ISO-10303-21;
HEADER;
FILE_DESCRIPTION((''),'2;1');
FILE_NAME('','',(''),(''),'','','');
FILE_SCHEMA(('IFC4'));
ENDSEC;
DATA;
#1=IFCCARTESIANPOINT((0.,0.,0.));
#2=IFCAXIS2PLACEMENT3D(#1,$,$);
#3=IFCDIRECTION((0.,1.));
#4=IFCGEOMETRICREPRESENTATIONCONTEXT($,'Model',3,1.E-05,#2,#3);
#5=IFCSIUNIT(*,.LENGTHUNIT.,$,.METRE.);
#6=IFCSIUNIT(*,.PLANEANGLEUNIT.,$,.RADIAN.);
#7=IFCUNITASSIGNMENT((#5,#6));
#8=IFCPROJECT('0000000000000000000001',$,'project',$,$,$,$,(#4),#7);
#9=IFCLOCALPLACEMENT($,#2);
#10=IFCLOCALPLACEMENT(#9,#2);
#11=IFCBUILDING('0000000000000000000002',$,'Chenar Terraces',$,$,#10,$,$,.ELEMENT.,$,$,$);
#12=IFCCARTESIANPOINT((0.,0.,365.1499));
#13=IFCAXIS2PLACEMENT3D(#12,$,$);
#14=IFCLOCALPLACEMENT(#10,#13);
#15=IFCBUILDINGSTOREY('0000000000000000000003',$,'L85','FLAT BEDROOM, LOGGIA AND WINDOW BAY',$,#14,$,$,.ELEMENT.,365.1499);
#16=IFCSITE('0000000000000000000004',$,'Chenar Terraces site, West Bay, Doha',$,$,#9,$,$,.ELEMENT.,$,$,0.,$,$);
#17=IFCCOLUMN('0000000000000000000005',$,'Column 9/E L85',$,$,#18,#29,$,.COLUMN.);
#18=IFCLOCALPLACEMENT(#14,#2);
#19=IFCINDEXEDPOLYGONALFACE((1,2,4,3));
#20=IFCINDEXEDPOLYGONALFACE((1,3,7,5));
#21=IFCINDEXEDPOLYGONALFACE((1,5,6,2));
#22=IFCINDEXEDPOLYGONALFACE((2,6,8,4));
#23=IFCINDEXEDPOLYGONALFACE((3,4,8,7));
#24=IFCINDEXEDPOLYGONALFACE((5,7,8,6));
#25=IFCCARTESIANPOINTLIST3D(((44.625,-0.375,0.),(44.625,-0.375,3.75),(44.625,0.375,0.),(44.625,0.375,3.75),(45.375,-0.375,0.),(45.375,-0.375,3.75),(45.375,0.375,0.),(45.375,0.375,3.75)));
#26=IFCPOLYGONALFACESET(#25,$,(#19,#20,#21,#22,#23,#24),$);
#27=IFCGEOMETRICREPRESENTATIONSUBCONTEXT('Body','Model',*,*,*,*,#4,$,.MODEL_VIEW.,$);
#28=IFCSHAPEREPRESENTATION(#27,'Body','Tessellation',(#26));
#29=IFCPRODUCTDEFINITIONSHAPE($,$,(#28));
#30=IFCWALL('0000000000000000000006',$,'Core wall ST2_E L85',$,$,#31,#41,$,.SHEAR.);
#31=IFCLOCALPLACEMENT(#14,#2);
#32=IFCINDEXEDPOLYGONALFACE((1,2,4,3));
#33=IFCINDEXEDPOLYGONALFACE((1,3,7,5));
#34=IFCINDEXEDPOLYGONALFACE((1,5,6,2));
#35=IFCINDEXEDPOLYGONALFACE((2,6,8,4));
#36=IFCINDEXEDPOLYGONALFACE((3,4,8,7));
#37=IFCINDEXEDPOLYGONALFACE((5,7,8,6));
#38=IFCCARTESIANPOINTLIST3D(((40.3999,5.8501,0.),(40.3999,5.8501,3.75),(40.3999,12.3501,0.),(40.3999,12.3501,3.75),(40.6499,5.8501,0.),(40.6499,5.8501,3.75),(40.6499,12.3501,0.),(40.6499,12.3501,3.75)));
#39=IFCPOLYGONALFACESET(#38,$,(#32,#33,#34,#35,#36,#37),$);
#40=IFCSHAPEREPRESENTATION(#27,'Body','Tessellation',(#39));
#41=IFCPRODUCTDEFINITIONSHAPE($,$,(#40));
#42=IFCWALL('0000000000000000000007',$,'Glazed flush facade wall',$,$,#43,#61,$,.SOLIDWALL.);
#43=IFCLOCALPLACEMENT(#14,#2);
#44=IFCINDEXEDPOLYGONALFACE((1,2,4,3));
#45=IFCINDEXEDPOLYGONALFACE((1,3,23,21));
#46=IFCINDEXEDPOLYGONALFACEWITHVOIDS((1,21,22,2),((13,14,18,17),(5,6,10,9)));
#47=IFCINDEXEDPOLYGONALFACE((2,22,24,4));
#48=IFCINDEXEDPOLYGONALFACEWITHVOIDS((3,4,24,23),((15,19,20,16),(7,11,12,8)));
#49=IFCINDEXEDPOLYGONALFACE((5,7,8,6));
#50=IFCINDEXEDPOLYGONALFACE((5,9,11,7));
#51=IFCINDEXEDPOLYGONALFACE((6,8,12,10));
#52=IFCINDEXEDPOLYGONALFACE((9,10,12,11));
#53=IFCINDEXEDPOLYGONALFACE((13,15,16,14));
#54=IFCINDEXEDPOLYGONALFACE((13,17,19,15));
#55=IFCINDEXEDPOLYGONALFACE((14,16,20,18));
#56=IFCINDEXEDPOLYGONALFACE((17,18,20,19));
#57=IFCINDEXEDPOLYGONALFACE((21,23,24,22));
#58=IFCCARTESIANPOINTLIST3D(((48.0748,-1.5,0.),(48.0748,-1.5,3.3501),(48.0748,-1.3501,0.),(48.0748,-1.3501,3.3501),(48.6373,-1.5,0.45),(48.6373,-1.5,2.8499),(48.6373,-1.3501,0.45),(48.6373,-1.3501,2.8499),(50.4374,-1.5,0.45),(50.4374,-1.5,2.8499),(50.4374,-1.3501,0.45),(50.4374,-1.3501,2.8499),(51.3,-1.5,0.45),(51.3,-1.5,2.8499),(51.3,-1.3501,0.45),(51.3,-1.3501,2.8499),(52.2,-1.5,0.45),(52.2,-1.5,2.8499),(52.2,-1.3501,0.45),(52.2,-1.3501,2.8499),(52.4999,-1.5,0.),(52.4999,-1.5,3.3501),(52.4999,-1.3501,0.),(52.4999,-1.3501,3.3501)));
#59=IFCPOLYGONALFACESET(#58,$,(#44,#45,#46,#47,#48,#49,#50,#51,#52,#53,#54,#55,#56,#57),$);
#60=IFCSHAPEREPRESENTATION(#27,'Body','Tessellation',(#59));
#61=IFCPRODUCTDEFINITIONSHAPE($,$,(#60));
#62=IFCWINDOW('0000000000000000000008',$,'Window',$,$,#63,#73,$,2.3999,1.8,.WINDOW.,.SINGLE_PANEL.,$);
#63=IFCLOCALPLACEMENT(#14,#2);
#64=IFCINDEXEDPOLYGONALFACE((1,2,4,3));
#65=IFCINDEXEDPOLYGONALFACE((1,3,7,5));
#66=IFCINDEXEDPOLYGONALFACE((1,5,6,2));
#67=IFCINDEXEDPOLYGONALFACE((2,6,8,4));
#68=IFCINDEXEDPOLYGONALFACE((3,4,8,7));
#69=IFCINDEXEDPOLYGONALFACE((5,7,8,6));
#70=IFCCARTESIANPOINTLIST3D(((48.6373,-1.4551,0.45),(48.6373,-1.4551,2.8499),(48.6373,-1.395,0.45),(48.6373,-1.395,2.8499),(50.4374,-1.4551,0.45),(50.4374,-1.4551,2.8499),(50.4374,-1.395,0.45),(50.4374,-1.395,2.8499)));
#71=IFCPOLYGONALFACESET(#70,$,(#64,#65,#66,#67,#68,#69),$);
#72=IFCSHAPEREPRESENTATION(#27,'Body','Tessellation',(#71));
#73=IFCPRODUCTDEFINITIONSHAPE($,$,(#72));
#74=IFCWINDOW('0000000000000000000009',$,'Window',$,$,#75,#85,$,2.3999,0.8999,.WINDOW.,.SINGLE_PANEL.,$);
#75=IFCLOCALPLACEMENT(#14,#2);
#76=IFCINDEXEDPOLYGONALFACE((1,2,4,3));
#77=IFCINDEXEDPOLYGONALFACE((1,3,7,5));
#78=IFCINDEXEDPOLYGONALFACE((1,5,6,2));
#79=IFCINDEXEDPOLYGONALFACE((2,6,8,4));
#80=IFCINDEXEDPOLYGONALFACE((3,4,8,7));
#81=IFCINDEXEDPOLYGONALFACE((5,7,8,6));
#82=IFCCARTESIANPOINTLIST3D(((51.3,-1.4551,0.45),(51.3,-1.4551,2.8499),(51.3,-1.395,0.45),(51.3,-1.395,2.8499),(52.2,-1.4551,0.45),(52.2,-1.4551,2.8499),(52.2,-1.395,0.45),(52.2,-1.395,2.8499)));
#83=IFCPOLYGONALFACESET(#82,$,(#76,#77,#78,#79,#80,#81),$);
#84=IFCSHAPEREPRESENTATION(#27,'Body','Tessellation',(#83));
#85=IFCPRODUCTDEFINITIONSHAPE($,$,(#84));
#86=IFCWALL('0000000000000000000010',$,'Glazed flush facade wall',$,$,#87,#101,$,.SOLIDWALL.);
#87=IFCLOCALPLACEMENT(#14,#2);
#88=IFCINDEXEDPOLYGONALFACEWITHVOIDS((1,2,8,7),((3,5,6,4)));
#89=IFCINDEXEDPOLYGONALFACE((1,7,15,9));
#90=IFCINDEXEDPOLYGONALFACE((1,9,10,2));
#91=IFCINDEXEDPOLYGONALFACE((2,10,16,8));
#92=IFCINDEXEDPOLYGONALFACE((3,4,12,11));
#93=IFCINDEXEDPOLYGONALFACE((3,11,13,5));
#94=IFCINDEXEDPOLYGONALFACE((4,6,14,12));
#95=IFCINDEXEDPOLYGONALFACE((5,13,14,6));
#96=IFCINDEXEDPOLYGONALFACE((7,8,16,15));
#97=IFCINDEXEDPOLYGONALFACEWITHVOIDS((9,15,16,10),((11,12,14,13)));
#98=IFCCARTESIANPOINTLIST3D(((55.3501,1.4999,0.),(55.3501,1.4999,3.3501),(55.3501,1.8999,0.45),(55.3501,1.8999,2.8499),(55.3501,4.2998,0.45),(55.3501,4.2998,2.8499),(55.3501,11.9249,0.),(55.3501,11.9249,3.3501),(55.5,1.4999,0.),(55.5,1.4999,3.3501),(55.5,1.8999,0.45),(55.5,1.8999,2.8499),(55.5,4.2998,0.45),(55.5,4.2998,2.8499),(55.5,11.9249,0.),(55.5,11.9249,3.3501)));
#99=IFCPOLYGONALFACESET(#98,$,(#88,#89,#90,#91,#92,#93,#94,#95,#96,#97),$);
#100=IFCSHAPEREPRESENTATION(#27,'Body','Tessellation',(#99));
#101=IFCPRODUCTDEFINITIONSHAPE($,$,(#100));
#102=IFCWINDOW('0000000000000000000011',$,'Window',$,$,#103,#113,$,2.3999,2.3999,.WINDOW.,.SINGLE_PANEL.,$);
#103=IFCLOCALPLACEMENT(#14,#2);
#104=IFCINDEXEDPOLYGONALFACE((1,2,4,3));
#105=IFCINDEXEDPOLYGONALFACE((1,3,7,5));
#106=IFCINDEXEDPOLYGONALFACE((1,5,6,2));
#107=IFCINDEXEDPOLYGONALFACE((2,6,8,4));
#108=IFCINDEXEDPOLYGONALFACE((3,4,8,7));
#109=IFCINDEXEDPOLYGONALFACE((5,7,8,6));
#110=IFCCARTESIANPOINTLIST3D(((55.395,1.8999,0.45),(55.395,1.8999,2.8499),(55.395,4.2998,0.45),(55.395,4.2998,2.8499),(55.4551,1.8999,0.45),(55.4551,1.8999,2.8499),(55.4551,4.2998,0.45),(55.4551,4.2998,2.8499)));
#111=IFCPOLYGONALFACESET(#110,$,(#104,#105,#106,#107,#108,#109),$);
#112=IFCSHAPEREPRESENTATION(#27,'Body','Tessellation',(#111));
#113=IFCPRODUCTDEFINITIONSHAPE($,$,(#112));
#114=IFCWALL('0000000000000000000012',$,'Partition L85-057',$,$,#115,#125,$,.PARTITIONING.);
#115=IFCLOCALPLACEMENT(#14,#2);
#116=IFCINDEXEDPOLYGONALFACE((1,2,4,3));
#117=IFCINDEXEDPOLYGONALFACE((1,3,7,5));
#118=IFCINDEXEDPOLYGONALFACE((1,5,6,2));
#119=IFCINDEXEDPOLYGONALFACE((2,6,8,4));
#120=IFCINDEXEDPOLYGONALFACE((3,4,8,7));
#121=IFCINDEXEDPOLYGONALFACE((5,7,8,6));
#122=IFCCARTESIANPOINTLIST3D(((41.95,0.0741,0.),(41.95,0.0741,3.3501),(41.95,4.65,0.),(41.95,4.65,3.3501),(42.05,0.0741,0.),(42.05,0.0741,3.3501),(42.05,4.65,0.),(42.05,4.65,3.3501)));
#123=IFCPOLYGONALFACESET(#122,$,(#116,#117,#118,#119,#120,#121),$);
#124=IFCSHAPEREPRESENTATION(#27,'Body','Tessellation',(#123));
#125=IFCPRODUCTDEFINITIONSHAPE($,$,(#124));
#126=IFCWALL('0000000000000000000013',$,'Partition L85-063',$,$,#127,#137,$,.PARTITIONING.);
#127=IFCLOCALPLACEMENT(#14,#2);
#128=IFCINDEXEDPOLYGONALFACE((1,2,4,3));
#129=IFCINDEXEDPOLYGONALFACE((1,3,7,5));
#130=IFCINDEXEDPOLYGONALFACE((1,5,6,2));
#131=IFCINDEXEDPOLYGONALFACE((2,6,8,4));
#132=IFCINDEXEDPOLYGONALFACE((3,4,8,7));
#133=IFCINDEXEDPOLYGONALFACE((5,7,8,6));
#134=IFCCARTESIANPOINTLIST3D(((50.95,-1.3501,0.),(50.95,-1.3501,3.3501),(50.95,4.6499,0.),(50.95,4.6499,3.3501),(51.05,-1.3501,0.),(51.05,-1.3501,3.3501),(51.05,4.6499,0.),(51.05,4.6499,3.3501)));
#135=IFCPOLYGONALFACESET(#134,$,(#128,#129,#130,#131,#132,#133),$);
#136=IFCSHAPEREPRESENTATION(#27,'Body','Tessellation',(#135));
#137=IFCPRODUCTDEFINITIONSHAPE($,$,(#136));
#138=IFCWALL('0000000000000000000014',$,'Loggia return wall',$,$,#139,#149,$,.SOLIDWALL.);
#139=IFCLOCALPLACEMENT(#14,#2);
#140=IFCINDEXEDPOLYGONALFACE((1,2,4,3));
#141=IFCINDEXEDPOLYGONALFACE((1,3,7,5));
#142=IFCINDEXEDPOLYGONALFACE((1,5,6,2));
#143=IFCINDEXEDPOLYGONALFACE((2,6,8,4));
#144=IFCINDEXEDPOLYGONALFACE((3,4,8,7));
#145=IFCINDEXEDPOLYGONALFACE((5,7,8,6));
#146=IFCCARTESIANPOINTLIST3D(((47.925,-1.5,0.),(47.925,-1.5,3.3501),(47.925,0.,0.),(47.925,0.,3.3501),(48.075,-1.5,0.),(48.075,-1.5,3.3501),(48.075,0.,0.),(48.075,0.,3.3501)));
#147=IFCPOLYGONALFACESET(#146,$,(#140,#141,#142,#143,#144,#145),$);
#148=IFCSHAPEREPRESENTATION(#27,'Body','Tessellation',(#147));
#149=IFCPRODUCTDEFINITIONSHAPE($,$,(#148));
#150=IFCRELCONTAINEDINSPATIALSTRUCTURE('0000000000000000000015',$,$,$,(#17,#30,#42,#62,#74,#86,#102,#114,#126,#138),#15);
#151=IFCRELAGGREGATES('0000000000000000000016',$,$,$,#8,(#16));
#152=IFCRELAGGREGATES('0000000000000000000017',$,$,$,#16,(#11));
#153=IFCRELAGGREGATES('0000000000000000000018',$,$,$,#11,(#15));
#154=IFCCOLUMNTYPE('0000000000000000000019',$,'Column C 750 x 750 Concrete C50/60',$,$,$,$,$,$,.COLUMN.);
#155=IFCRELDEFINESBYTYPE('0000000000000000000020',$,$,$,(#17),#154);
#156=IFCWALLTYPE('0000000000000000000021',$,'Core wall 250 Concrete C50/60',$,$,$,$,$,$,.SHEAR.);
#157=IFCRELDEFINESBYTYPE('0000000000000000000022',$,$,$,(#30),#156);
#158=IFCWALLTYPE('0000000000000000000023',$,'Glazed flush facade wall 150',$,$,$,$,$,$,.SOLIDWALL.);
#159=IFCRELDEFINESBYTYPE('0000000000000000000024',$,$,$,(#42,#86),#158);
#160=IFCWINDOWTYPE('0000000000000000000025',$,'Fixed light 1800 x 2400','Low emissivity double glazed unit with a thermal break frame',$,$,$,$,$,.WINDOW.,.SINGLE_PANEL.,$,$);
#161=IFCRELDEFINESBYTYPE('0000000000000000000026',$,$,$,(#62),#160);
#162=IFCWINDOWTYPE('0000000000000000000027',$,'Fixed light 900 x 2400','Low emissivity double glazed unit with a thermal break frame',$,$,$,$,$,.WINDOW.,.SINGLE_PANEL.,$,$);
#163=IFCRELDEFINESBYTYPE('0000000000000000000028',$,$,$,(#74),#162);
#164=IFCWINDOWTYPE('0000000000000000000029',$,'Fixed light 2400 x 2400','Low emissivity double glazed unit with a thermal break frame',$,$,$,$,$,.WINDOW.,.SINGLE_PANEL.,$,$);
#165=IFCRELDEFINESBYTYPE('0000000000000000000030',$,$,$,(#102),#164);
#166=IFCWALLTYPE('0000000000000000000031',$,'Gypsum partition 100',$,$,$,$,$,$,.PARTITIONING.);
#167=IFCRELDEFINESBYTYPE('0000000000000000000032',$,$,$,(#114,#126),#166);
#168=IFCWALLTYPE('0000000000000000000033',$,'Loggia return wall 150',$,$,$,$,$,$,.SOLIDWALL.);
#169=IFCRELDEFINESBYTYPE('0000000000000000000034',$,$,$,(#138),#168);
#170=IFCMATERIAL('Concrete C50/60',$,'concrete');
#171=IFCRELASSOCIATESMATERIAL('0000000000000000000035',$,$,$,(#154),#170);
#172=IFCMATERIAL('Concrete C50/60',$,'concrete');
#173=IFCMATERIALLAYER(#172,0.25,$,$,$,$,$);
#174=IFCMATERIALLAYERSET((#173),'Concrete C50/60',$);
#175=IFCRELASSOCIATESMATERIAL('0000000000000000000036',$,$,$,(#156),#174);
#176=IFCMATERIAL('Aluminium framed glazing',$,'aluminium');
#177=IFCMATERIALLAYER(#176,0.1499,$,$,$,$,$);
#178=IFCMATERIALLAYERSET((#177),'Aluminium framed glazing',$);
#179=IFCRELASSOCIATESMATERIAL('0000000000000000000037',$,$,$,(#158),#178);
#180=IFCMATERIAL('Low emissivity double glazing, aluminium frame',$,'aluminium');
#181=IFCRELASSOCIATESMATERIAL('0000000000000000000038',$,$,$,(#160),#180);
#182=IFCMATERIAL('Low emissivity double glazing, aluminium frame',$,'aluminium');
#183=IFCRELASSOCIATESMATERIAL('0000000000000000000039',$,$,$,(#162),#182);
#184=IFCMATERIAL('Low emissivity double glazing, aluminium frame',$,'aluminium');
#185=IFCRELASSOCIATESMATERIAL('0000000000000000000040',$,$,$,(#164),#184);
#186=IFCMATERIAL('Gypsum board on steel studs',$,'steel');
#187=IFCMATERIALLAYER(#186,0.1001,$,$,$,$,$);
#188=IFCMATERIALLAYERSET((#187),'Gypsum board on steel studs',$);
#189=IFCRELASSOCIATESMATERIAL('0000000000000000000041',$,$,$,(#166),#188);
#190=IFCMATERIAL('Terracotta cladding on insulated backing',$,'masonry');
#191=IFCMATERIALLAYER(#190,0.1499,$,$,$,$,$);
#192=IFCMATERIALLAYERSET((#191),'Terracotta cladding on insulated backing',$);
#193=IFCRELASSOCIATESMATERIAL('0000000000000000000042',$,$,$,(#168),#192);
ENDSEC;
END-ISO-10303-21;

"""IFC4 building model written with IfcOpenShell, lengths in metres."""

from ifc_helpers import new_model, si_unit, direction, frame, frame_2d, origin, origin_2d, place, context, subcontext, project, spatial, rectangle, extrude, material, layer, layer_set, material_profile, profile_set, type_object, element, fill, save


model = new_model("IFC4")

# Units and contexts
model_context = context("Model", 3, precision=1e-05, world=origin(), true_north=direction((0.0, 1.0)))
body_context = subcontext(model_context, "Body", "Model", "MODEL_VIEW")
ifc_project = project(units=[si_unit("LENGTHUNIT", "METRE"), si_unit("PLANEANGLEUNIT", "RADIAN")], contexts=[model_context])

# Site, building, storey
site_placement = place(None, origin())
site = spatial("IfcSite", under=ifc_project, at=site_placement, Name="Chenar Terraces site, West Bay, Doha", CompositionType="ELEMENT", RefElevation=0.0)
building_placement = place(site_placement, origin())
building = spatial("IfcBuilding", under=site, at=building_placement, Name="Chenar Terraces", CompositionType="ELEMENT")
storey_placement = place(building_placement, frame((0.0, 0.0, 365.1499)))
storey = spatial("IfcBuildingStorey", under=building, at=storey_placement, Name="L85", Description="FLAT BEDROOM, LOGGIA AND WINDOW BAY", CompositionType="ELEMENT", Elevation=365.1499)

# Column
ifc_material_1 = material(Name="Concrete C50/60", Category="concrete")
ifc_material_profile = material_profile(ifc_material_1, rectangle(XDim=0.75, YDim=0.75, at=origin_2d()), Name="C 750 x 750")
ifc_profile_set = profile_set([ifc_material_profile], Name="Concrete C50/60")
column_type = type_object("IfcColumnType", Name="Column C 750 x 750 Concrete C50/60", PredefinedType="COLUMN", material=ifc_profile_set)
column_placement = place(storey_placement, frame((45.0, 0.0, 0.0), z_axis=(0.0, 0.0, 1.0), x_axis=(1.0, 0.0, 0.0)))
element("IfcColumn", 1, at=column_placement, inside=storey, type_object=column_type, Name="Column 9/E L85", PredefinedType="COLUMN", context=body_context, shape_type="SweptSolid", body=[
    extrude(rectangle(XDim=0.75, YDim=0.75, at=origin_2d()), origin(), (0.0, 0.0, 1.0), 3.75),
])

# Wall
ifc_material_2 = material(Name="Concrete C50/60", Category="concrete")
ifc_layer_1 = layer(ifc_material_2, 0.25)
ifc_layer_set_1 = layer_set([ifc_layer_1], Name="Concrete C50/60")
wall_type_1 = type_object("IfcWallType", Name="Core wall 250 Concrete C50/60", PredefinedType="SHEAR", material=ifc_layer_set_1)
wall_1_placement = place(storey_placement, frame((40.5249, 5.8501, 0.0), z_axis=(0.0, 0.0, 1.0), x_axis=(0.0, 1.0, 0.0)))
element("IfcWall", 2, at=wall_1_placement, inside=storey, type_object=wall_type_1, Name="Core wall ST2_E L85", PredefinedType="SHEAR", context=body_context, shape_type="SweptSolid", body=[
    extrude(rectangle(XDim=6.5, YDim=0.25, at=frame_2d((3.25, 0.0))), origin(), (0.0, 0.0, 1.0), 3.75),
])

# Wall, openings, windows
ifc_material_3 = material(Name="Aluminium framed glazing", Category="aluminium")
ifc_layer_2 = layer(ifc_material_3, 0.1499)
ifc_layer_set_2 = layer_set([ifc_layer_2], Name="Aluminium framed glazing")
wall_type_2 = type_object("IfcWallType", Name="Glazed flush facade wall 150", PredefinedType="SOLIDWALL", material=ifc_layer_set_2)
wall_2_placement = place(storey_placement, frame((48.075, -1.425, 0.0), z_axis=(0.0, 0.0, 1.0), x_axis=(1.0, 0.0, 0.0)))
wall_2 = element("IfcWall", 3, at=wall_2_placement, inside=storey, type_object=wall_type_2, Name="Glazed flush facade wall", PredefinedType="SOLIDWALL", context=body_context, shape_type="SweptSolid", body=[
    extrude(rectangle(XDim=4.425, YDim=0.1499, at=frame_2d((2.2124, 0.0))), origin(), (0.0, 0.0, 1.0), 3.3501),
])
opening_1_placement = place(wall_2_placement, frame((0.5625, 0.0, 0.45)))
opening_1 = element("IfcOpeningElement", 4, at=opening_1_placement, cuts=wall_2, PredefinedType="OPENING", context=body_context, shape_type="SweptSolid", body=[
    extrude(rectangle(XDim=1.8, YDim=2.3999, at=frame_2d((0.8999, 1.2))), frame((0.0, 0.085, 0.0), z_axis=(0.0, -1.0, 0.0), x_axis=(1.0, 0.0, 0.0)), (0.0, 0.0, 1.0), 0.1699),
])
opening_2_placement = place(wall_2_placement, frame((3.2251, 0.0, 0.45)))
opening_2 = element("IfcOpeningElement", 5, at=opening_2_placement, cuts=wall_2, PredefinedType="OPENING", context=body_context, shape_type="SweptSolid", body=[
    extrude(rectangle(XDim=0.8999, YDim=2.3999, at=frame_2d((0.45, 1.2))), frame((0.0, 0.085, 0.0), z_axis=(0.0, -1.0, 0.0), x_axis=(1.0, 0.0, 0.0)), (0.0, 0.0, 1.0), 0.1699),
])
ifc_material_4 = material(Name="Low emissivity double glazing, aluminium frame", Category="aluminium")
window_type_1 = type_object("IfcWindowType", Name="Fixed light 1800 x 2400", Description="Low emissivity double glazed unit with a thermal break frame", PartitioningType="SINGLE_PANEL", PredefinedType="WINDOW", material=ifc_material_4)
window_1_placement = place(opening_1_placement, origin())
window_1 = element("IfcWindow", 6, at=window_1_placement, inside=storey, type_object=window_type_1, Name="Window", OverallHeight=2.3999, OverallWidth=1.8, PartitioningType="SINGLE_PANEL", PredefinedType="WINDOW", context=body_context, shape_type="SweptSolid", body=[
    extrude(rectangle(XDim=1.8, YDim=2.3999, at=frame_2d((0.8999, 1.2))), frame((0.0, 0.03, 0.0), z_axis=(0.0, -1.0, 0.0), x_axis=(1.0, 0.0, 0.0)), (0.0, 0.0, 1.0), 0.0601),
])
fill(opening_1, window_1)
ifc_material_5 = material(Name="Low emissivity double glazing, aluminium frame", Category="aluminium")
window_type_2 = type_object("IfcWindowType", Name="Fixed light 900 x 2400", Description="Low emissivity double glazed unit with a thermal break frame", PartitioningType="SINGLE_PANEL", PredefinedType="WINDOW", material=ifc_material_5)
window_2_placement = place(opening_2_placement, origin())
window_2 = element("IfcWindow", 7, at=window_2_placement, inside=storey, type_object=window_type_2, Name="Window", OverallHeight=2.3999, OverallWidth=0.8999, PartitioningType="SINGLE_PANEL", PredefinedType="WINDOW", context=body_context, shape_type="SweptSolid", body=[
    extrude(rectangle(XDim=0.8999, YDim=2.3999, at=frame_2d((0.45, 1.2))), frame((0.0, 0.03, 0.0), z_axis=(0.0, -1.0, 0.0), x_axis=(1.0, 0.0, 0.0)), (0.0, 0.0, 1.0), 0.0601),
])
fill(opening_2, window_2)

# Wall, opening, window
wall_3_placement = place(storey_placement, frame((55.425, 1.5, 0.0), z_axis=(0.0, 0.0, 1.0), x_axis=(0.0, 1.0, 0.0)))
wall_3 = element("IfcWall", 8, at=wall_3_placement, inside=storey, type_object=wall_type_2, Name="Glazed flush facade wall", PredefinedType="SOLIDWALL", context=body_context, shape_type="SweptSolid", body=[
    extrude(rectangle(XDim=10.425, YDim=0.1499, at=frame_2d((5.2124, 0.0))), origin(), (0.0, 0.0, 1.0), 3.3501),
])
opening_3_placement = place(wall_3_placement, frame((0.3999, 0.0, 0.45)))
opening_3 = element("IfcOpeningElement", 9, at=opening_3_placement, cuts=wall_3, PredefinedType="OPENING", context=body_context, shape_type="SweptSolid", body=[
    extrude(rectangle(XDim=2.3999, YDim=2.3999, at=frame_2d((1.2, 1.2))), frame((0.0, 0.085, 0.0), z_axis=(0.0, -1.0, 0.0), x_axis=(1.0, 0.0, 0.0)), (0.0, 0.0, 1.0), 0.1699),
])
ifc_material_6 = material(Name="Low emissivity double glazing, aluminium frame", Category="aluminium")
window_type_3 = type_object("IfcWindowType", Name="Fixed light 2400 x 2400", Description="Low emissivity double glazed unit with a thermal break frame", PartitioningType="SINGLE_PANEL", PredefinedType="WINDOW", material=ifc_material_6)
window_3_placement = place(opening_3_placement, origin())
window_3 = element("IfcWindow", 10, at=window_3_placement, inside=storey, type_object=window_type_3, Name="Window", OverallHeight=2.3999, OverallWidth=2.3999, PartitioningType="SINGLE_PANEL", PredefinedType="WINDOW", context=body_context, shape_type="SweptSolid", body=[
    extrude(rectangle(XDim=2.3999, YDim=2.3999, at=frame_2d((1.2, 1.2))), frame((0.0, 0.03, 0.0), z_axis=(0.0, -1.0, 0.0), x_axis=(1.0, 0.0, 0.0)), (0.0, 0.0, 1.0), 0.0601),
])
fill(opening_3, window_3)

# Walls
ifc_material_7 = material(Name="Gypsum board on steel studs", Category="steel")
ifc_layer_3 = layer(ifc_material_7, 0.1001)
ifc_layer_set_3 = layer_set([ifc_layer_3], Name="Gypsum board on steel studs")
wall_type_3 = type_object("IfcWallType", Name="Gypsum partition 100", PredefinedType="PARTITIONING", material=ifc_layer_set_3)
wall_4_placement = place(storey_placement, frame((42.0, 0.074, 0.0), z_axis=(0.0, 0.0, 1.0), x_axis=(0.0, 1.0, 0.0)))
element("IfcWall", 11, at=wall_4_placement, inside=storey, type_object=wall_type_3, Name="Partition L85-057", PredefinedType="PARTITIONING", context=body_context, shape_type="SweptSolid", body=[
    extrude(rectangle(XDim=4.5759, YDim=0.1001, at=frame_2d((2.2881, 0.0))), origin(), (0.0, 0.0, 1.0), 3.3501),
])
wall_5_placement = place(storey_placement, frame((51.0, -1.3501, 0.0), z_axis=(0.0, 0.0, 1.0), x_axis=(0.0, 1.0, 0.0)))
element("IfcWall", 12, at=wall_5_placement, inside=storey, type_object=wall_type_3, Name="Partition L85-063", PredefinedType="PARTITIONING", context=body_context, shape_type="SweptSolid", body=[
    extrude(rectangle(XDim=6.0, YDim=0.1001, at=frame_2d((3.0, 0.0))), origin(), (0.0, 0.0, 1.0), 3.3501),
])
ifc_material_8 = material(Name="Terracotta cladding on insulated backing", Category="masonry")
ifc_layer_4 = layer(ifc_material_8, 0.1499)
ifc_layer_set_4 = layer_set([ifc_layer_4], Name="Terracotta cladding on insulated backing")
wall_type_4 = type_object("IfcWallType", Name="Loggia return wall 150", PredefinedType="SOLIDWALL", material=ifc_layer_set_4)
wall_6_placement = place(storey_placement, frame((48.0, -1.5, 0.0), z_axis=(0.0, 0.0, 1.0), x_axis=(0.0, 1.0, 0.0)))
element("IfcWall", 13, at=wall_6_placement, inside=storey, type_object=wall_type_4, Name="Loggia return wall", PredefinedType="SOLIDWALL", context=body_context, shape_type="SweptSolid", body=[
    extrude(rectangle(XDim=1.5, YDim=0.1499, at=frame_2d((0.75, 0.0))), origin(), (0.0, 0.0, 1.0), 3.3501),
])

save(model, "model.ifc")
